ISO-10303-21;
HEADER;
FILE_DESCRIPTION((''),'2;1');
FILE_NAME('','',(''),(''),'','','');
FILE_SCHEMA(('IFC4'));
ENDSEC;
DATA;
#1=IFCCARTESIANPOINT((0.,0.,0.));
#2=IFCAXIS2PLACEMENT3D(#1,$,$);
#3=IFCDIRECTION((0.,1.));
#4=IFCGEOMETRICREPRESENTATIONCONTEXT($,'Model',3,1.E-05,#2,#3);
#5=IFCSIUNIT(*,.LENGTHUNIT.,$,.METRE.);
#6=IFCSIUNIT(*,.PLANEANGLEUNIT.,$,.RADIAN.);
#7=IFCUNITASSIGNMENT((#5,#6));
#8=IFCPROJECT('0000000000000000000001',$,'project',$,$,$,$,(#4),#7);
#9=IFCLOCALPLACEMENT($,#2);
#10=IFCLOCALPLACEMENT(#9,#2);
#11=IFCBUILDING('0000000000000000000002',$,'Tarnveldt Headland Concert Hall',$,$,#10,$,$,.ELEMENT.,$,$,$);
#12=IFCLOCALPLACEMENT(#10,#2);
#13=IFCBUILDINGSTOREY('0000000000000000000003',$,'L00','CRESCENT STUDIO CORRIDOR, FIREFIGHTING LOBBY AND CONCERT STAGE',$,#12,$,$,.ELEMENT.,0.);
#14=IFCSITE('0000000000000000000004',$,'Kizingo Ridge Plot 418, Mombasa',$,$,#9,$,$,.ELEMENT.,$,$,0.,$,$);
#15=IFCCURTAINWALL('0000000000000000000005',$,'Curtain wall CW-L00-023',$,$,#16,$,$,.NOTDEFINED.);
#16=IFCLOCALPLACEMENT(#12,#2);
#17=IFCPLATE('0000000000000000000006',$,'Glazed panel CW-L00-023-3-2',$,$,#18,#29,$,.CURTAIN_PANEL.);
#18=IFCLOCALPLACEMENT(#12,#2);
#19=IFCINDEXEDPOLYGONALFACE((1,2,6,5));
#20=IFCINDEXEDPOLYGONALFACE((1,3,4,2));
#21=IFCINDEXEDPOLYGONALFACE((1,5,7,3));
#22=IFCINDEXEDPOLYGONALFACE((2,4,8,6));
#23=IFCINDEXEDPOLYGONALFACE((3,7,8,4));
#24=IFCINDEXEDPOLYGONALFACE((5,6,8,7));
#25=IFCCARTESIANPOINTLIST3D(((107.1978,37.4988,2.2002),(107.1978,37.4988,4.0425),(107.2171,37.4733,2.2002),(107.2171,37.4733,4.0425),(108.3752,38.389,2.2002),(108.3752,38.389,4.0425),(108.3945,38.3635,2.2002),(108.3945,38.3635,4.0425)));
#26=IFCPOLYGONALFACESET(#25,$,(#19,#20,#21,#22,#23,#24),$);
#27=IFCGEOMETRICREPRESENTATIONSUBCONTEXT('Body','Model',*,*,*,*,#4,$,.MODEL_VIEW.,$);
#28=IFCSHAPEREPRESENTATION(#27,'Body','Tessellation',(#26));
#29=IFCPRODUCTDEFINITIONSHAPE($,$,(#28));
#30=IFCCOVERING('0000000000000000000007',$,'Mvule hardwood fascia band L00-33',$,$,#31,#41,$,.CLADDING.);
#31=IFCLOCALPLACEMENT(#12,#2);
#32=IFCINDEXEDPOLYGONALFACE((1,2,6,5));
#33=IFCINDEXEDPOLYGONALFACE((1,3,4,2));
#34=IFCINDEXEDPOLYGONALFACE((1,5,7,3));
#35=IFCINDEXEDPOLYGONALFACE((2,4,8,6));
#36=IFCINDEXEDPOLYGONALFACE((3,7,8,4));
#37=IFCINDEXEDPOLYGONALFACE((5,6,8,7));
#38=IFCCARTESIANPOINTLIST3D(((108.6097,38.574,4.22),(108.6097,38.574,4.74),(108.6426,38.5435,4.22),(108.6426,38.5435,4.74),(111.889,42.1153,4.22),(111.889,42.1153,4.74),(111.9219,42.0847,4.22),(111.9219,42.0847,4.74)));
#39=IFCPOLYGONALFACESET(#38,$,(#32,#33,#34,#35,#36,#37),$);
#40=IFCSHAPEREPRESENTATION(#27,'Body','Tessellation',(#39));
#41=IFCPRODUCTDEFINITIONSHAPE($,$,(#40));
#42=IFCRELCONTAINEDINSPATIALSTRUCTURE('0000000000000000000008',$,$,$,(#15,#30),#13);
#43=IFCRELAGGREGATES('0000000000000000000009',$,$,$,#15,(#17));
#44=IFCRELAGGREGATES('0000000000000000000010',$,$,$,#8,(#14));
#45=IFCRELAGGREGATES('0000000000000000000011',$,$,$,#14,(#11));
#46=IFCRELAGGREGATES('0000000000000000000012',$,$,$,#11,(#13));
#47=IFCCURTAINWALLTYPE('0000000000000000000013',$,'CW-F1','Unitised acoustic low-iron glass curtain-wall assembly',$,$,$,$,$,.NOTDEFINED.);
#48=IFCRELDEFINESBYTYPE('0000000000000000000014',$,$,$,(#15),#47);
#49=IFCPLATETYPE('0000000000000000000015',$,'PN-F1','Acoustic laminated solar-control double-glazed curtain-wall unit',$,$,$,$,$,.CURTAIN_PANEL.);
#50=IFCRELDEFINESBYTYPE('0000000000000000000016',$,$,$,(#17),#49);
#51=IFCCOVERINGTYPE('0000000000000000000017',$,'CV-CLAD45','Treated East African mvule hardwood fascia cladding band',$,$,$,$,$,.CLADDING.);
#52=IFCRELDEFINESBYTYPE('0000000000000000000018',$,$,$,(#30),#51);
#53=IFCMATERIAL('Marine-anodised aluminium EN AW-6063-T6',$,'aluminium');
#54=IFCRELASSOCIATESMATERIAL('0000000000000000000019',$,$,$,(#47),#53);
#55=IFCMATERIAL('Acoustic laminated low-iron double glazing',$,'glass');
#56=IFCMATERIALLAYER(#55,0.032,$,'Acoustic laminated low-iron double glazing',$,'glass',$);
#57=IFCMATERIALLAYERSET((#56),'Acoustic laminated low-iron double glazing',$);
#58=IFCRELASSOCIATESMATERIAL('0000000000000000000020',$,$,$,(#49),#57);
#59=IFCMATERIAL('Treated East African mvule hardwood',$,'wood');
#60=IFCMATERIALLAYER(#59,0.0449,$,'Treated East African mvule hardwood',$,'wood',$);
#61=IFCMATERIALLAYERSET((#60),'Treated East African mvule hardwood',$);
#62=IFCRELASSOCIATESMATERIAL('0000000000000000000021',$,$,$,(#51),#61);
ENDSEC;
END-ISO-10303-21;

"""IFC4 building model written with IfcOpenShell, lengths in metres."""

from ifc_helpers import new_model, si_unit, direction, frame, frame_2d, origin, origin_2d, place, context, subcontext, project, spatial, rectangle, extrude, material, layer, layer_set, type_object, element, aggregate, save


model = new_model("IFC4")

# Units and contexts
model_context = context("Model", 3, precision=1e-05, world=origin(), true_north=direction((0.0, 1.0)))
body_context = subcontext(model_context, "Body", "Model", "MODEL_VIEW")
ifc_project = project(units=[si_unit("LENGTHUNIT", "METRE"), si_unit("PLANEANGLEUNIT", "RADIAN")], contexts=[model_context])

# Site, building, storey
site_placement = place(None, origin())
site = spatial("IfcSite", under=ifc_project, at=site_placement, Name="Kizingo Ridge Plot 418, Mombasa", CompositionType="ELEMENT", RefElevation=0.0)
building_placement = place(site_placement, origin())
building = spatial("IfcBuilding", under=site, at=building_placement, Name="Tarnveldt Headland Concert Hall", CompositionType="ELEMENT")
storey_placement = place(building_placement, origin())
storey = spatial("IfcBuildingStorey", under=building, at=storey_placement, Name="L00", Description="CRESCENT STUDIO CORRIDOR, FIREFIGHTING LOBBY AND CONCERT STAGE", CompositionType="ELEMENT", Elevation=0.0)

# Curtain wall
ifc_material_1 = material(Name="Marine-anodised aluminium EN AW-6063-T6", Category="aluminium")
curtain_wall_type = type_object("IfcCurtainWallType", Name="CW-F1", Description="Unitised acoustic low-iron glass curtain-wall assembly", PredefinedType="NOTDEFINED", material=ifc_material_1)
curtain_wall_placement = place(storey_placement, origin())
curtain_wall = element("IfcCurtainWall", 1, at=curtain_wall_placement, inside=storey, type_object=curtain_wall_type, Name="Curtain wall CW-L00-023", PredefinedType="NOTDEFINED")

# Plate
ifc_material_2 = material(Name="Acoustic laminated low-iron double glazing", Category="glass")
ifc_layer_1 = layer(ifc_material_2, 0.032, Name="Acoustic laminated low-iron double glazing", Category="glass")
ifc_layer_set_1 = layer_set([ifc_layer_1], Name="Acoustic laminated low-iron double glazing")
plate_type = type_object("IfcPlateType", Name="PN-F1", Description="Acoustic laminated solar-control double-glazed curtain-wall unit", PredefinedType="CURTAIN_PANEL", material=ifc_layer_set_1)
plate_1_placement = place(storey_placement, frame((107.7961, 37.9312, 2.2002), z_axis=(0.0, 0.0, 1.0), x_axis=(0.797658, 0.603111, 0.0)))
plate_1 = element("IfcPlate", 2, at=plate_1_placement, type_object=plate_type, Name="Glazed panel CW-L00-023-3-2", PredefinedType="CURTAIN_PANEL", context=body_context, shape_type="SweptSolid", body=[
    extrude(rectangle(XDim=1.4761, YDim=0.032, at=origin_2d()), origin(), (0.0, 0.0, 1.0), 1.8423),
])
aggregate(curtain_wall, [plate_1])

# Covering
ifc_material_3 = material(Name="Treated East African mvule hardwood", Category="wood")
ifc_layer_2 = layer(ifc_material_3, 0.0449, Name="Treated East African mvule hardwood", Category="wood")
ifc_layer_set_2 = layer_set([ifc_layer_2], Name="Treated East African mvule hardwood")
covering_type = type_object("IfcCoveringType", Name="CV-CLAD45", Description="Treated East African mvule hardwood fascia cladding band", PredefinedType="CLADDING", material=ifc_layer_set_2)
covering_placement = place(storey_placement, frame((108.6262, 38.5588, 4.22), z_axis=(0.0, 0.0, 1.0), x_axis=(0.679447, 0.733724, 0.0)))
element("IfcCovering", 3, at=covering_placement, inside=storey, type_object=covering_type, Name="Mvule hardwood fascia band L00-33", PredefinedType="CLADDING", context=body_context, shape_type="SweptSolid", body=[
    extrude(rectangle(XDim=4.8264, YDim=0.0449, at=frame_2d((2.4131, 0.0))), origin(), (0.0, 0.0, 1.0), 0.52),
])

save(model, "model.ifc")
